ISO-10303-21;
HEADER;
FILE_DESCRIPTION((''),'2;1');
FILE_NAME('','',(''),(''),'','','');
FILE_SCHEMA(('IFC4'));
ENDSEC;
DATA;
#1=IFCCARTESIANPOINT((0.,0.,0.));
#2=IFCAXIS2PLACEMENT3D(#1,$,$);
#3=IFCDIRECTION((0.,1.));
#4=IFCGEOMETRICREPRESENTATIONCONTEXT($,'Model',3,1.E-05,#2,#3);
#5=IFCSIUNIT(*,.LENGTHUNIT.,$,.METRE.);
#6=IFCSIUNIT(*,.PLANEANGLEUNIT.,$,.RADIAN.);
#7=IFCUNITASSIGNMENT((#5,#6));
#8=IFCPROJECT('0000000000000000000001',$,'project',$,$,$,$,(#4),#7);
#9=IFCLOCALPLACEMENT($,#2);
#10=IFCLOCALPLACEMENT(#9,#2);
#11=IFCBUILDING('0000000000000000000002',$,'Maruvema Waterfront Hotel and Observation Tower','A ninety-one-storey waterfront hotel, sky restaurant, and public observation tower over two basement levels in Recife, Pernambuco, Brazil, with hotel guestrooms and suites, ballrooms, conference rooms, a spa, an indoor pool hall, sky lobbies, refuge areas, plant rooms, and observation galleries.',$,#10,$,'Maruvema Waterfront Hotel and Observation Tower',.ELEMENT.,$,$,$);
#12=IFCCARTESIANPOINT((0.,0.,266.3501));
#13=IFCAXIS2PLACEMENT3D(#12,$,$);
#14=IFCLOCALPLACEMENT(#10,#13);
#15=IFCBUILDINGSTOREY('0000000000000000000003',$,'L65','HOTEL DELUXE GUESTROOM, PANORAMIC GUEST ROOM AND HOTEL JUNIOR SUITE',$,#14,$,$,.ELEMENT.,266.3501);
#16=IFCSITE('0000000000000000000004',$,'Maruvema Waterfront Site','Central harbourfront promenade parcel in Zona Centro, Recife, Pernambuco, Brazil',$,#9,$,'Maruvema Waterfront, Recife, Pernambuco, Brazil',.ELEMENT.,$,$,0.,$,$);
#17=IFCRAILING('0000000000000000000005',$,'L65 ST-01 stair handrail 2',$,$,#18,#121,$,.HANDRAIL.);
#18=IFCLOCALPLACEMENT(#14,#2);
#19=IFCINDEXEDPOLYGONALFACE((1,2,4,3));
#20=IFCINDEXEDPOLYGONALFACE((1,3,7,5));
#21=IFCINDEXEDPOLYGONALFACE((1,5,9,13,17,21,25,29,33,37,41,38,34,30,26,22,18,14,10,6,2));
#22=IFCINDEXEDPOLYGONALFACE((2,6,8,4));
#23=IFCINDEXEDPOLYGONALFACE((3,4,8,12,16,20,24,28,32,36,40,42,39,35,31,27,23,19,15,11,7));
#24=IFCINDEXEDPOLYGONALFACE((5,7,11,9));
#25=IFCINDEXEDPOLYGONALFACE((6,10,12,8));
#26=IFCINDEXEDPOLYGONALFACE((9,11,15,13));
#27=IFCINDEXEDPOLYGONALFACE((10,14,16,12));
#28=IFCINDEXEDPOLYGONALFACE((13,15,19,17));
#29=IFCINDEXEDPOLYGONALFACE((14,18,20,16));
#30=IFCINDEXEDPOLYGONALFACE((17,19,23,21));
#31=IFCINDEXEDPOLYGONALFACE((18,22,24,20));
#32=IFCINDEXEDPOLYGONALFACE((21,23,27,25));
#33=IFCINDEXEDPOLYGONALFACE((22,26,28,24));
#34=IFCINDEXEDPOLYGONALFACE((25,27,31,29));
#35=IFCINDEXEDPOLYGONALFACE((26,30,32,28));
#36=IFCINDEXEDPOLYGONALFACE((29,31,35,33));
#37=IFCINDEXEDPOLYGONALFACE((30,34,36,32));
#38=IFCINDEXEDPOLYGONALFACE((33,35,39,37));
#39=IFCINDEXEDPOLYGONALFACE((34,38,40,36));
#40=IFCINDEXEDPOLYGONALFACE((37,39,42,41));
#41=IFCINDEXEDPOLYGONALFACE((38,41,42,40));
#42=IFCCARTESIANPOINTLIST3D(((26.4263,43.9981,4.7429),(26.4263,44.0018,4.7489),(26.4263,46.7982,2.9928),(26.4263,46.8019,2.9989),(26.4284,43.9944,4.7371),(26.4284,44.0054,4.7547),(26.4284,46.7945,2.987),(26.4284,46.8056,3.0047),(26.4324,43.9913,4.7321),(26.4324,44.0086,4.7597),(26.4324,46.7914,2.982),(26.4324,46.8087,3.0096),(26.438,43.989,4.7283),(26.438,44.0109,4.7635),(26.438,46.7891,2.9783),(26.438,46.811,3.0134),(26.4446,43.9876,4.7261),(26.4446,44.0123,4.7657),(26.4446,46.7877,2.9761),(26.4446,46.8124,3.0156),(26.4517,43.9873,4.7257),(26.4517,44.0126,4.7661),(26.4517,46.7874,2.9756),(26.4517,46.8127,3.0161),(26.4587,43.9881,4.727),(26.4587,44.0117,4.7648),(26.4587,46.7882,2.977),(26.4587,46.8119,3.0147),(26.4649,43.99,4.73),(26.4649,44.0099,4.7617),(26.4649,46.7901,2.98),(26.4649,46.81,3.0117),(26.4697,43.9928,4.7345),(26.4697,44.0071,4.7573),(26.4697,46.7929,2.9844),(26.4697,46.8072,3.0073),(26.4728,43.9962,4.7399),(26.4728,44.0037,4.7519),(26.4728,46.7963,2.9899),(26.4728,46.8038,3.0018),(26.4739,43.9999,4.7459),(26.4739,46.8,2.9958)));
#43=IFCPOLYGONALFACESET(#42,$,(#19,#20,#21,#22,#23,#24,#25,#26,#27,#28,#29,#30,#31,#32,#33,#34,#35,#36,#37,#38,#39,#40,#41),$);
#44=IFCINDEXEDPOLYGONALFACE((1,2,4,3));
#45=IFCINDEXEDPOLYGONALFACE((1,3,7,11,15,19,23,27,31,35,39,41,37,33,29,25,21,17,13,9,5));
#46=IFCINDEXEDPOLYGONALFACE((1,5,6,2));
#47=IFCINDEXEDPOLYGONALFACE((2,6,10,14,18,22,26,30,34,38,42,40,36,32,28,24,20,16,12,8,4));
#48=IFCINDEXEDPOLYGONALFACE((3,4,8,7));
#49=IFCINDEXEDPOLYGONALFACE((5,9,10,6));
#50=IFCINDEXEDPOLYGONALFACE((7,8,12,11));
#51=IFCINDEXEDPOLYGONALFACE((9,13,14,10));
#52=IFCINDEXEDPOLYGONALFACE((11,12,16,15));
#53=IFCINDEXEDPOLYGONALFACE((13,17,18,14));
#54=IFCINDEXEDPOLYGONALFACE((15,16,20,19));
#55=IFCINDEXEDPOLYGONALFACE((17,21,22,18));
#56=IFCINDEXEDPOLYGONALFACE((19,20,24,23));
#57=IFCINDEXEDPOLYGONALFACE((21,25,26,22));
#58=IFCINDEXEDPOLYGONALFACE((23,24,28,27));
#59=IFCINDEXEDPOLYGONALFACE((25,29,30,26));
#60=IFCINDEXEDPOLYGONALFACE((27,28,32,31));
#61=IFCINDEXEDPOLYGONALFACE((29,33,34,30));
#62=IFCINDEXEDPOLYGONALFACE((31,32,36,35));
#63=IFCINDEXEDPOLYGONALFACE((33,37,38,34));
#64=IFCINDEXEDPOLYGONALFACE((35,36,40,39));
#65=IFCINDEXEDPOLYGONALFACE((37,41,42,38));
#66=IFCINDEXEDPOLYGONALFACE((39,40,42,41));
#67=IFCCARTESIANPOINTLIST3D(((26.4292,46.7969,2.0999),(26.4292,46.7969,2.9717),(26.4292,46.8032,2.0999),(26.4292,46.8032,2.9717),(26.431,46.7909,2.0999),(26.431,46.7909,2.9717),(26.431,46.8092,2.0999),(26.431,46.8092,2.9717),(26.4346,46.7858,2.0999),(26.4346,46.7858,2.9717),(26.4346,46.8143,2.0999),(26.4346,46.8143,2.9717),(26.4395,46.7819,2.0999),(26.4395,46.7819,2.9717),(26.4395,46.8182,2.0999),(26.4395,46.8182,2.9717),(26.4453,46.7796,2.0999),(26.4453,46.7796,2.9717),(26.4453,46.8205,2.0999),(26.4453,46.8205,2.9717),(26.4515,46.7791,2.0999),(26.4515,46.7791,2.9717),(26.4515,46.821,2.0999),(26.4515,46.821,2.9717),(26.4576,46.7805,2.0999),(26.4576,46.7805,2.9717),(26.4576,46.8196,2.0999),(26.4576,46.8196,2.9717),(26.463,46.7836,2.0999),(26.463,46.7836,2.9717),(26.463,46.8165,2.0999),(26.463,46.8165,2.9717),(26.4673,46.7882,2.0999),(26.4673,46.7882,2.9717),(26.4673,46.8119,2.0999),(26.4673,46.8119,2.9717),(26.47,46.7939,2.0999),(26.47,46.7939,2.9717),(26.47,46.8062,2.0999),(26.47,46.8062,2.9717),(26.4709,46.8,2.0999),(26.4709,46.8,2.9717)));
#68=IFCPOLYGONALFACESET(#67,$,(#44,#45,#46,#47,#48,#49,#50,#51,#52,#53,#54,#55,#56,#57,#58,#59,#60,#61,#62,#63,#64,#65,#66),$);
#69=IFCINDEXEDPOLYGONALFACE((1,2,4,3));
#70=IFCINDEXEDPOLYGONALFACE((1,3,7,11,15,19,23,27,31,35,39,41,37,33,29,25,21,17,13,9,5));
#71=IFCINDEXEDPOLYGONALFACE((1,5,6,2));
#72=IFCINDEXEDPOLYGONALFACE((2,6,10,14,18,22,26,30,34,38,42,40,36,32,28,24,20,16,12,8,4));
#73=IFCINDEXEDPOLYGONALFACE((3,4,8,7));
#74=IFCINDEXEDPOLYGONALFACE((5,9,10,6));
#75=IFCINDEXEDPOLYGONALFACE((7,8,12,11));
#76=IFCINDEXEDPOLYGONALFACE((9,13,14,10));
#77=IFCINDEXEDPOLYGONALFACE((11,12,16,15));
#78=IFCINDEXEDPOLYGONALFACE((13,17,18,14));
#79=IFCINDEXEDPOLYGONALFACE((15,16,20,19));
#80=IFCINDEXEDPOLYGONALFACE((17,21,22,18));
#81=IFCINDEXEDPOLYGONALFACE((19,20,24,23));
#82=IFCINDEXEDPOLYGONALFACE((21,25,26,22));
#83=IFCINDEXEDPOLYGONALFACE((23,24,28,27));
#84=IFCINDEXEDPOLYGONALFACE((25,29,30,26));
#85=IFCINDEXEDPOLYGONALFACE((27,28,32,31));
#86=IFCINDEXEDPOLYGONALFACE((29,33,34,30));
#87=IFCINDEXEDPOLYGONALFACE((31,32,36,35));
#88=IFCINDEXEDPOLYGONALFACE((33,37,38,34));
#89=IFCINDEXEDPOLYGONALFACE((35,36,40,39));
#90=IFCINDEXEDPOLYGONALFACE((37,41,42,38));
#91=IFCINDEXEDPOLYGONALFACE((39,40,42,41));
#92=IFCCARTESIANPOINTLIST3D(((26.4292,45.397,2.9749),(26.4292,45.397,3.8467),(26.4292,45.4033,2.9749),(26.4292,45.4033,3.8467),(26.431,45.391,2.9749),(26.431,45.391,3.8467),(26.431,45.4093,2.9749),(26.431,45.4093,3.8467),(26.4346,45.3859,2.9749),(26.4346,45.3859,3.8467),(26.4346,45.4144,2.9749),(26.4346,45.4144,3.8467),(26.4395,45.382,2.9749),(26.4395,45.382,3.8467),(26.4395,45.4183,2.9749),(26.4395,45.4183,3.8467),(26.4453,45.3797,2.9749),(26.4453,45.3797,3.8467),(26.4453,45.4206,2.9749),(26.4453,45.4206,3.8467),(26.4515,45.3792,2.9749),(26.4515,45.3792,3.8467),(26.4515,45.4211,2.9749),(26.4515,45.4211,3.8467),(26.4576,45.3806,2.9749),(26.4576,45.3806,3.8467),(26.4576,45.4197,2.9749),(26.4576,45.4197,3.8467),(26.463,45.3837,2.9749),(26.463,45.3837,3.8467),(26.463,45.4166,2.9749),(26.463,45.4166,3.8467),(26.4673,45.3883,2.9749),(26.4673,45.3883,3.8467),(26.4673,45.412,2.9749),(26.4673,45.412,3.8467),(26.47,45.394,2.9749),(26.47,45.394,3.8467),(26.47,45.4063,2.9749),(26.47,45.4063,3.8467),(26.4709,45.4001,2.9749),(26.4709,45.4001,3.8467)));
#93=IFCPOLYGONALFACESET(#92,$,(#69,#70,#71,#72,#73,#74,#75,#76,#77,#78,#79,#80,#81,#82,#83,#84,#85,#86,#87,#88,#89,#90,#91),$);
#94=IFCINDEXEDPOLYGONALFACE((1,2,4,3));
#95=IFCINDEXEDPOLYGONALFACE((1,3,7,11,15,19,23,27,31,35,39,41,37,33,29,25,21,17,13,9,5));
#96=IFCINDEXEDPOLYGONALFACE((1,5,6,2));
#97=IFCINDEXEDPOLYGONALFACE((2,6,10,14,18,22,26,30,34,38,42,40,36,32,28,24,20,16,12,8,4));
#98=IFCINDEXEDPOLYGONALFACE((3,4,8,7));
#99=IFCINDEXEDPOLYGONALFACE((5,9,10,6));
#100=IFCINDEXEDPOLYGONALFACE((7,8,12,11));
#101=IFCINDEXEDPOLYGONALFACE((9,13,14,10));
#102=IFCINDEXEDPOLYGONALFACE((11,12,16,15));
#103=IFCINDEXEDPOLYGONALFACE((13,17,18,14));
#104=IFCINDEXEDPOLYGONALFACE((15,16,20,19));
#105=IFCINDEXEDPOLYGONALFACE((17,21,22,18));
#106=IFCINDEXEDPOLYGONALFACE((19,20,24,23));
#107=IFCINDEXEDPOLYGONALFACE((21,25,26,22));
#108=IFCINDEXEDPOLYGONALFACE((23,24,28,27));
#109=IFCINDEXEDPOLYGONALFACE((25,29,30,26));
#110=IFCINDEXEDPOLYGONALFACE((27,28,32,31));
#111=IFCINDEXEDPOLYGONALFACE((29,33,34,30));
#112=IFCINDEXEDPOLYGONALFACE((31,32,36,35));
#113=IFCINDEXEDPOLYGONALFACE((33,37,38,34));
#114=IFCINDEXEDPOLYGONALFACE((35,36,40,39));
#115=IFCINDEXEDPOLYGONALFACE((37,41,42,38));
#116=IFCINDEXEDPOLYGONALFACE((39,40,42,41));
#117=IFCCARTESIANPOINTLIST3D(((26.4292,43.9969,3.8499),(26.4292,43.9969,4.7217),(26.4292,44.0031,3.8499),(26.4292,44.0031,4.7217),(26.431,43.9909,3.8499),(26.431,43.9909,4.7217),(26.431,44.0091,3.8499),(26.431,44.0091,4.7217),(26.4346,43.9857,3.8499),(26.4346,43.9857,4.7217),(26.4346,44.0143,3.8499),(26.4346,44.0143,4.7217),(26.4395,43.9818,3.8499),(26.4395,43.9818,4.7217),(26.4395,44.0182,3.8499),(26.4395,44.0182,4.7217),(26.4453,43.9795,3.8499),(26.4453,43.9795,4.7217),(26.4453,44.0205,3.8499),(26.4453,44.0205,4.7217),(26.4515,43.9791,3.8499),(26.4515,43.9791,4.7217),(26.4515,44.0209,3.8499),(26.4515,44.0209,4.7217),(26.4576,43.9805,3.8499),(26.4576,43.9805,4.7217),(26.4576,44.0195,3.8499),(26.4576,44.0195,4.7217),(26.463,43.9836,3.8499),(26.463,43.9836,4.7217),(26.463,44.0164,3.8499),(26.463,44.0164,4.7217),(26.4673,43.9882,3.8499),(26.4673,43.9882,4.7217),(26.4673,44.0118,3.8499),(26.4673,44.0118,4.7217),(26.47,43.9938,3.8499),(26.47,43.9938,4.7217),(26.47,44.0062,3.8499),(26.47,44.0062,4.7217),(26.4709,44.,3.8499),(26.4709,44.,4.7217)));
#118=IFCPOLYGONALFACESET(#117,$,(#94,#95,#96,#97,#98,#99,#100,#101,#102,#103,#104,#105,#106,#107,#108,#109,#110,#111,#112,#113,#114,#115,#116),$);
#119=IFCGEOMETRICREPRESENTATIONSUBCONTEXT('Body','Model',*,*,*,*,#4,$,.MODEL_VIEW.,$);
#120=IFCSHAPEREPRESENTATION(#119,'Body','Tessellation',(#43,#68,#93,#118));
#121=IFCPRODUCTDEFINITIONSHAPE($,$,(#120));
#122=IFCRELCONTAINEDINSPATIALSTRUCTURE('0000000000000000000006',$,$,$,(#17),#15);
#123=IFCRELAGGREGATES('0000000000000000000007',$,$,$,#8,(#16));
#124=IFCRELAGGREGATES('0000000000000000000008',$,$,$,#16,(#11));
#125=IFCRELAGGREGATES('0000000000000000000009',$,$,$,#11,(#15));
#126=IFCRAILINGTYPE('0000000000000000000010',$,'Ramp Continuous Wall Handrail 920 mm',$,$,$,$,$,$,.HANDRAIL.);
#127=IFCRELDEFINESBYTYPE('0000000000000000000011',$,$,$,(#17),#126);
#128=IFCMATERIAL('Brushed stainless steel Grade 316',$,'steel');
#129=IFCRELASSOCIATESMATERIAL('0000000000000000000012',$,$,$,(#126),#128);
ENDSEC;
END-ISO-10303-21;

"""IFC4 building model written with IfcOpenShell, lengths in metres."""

from ifc_helpers import new_model, si_unit, direction, frame, origin, origin_2d, place, context, subcontext, project, spatial, circle, extrude, material, type_object, element, save


model = new_model("IFC4")

# Units and contexts
model_context = context("Model", 3, precision=1e-05, world=origin(), true_north=direction((0.0, 1.0)))
body_context = subcontext(model_context, "Body", "Model", "MODEL_VIEW")
ifc_project = project(units=[si_unit("LENGTHUNIT", "METRE"), si_unit("PLANEANGLEUNIT", "RADIAN")], contexts=[model_context])

# Site, building, storey
site_placement = place(None, origin())
site = spatial("IfcSite", under=ifc_project, at=site_placement, Name="Maruvema Waterfront Site", Description="Central harbourfront promenade parcel in Zona Centro, Recife, Pernambuco, Brazil", LongName="Maruvema Waterfront, Recife, Pernambuco, Brazil", CompositionType="ELEMENT", RefElevation=0.0)
building_placement = place(site_placement, origin())
building = spatial("IfcBuilding", under=site, at=building_placement, Name="Maruvema Waterfront Hotel and Observation Tower", Description="A ninety-one-storey waterfront hotel, sky restaurant, and public observation tower over two basement levels in Recife, Pernambuco, Brazil, with hotel guestrooms and suites, ballrooms, conference rooms, a spa, an indoor pool hall, sky lobbies, refuge areas, plant rooms, and observation galleries.", LongName="Maruvema Waterfront Hotel and Observation Tower", CompositionType="ELEMENT")
storey_placement = place(building_placement, frame((0.0, 0.0, 266.3501)))
storey = spatial("IfcBuildingStorey", under=building, at=storey_placement, Name="L65", Description="HOTEL DELUXE GUESTROOM, PANORAMIC GUEST ROOM AND HOTEL JUNIOR SUITE", CompositionType="ELEMENT", Elevation=266.3501)

# Railing
ifc_material_1 = material(Name="Brushed stainless steel Grade 316", Category="steel")
railing_type_1 = type_object("IfcRailingType", Name="Ramp Continuous Wall Handrail 920 mm", PredefinedType="HANDRAIL", material=ifc_material_1)
railing_1_placement = place(storey_placement, frame((26.45, 46.8, 2.0999)))
element("IfcRailing", 1, at=railing_1_placement, inside=storey, type_object=railing_type_1, Name="L65 ST-01 stair handrail 2", PredefinedType="HANDRAIL", context=body_context, shape_type="SweptSolid", body=[
    extrude(circle(Radius=0.0239, at=origin_2d()), frame((0.0, 0.0, 0.896), z_axis=(0.0, -0.848002, 0.529992), x_axis=(1.0, 0.0, 0.0)), (0.0, 0.0, 1.0), 3.302),
    extrude(circle(Radius=0.021, at=origin_2d()), origin(), (0.0, 0.0, 1.0), 0.8718),
    extrude(circle(Radius=0.021, at=origin_2d()), frame((0.0, -1.3999, 0.875)), (0.0, 0.0, 1.0), 0.8718),
    extrude(circle(Radius=0.021, at=origin_2d()), frame((0.0, -2.8, 1.75)), (0.0, 0.0, 1.0), 0.8718),
])

save(model, "model.ifc")
